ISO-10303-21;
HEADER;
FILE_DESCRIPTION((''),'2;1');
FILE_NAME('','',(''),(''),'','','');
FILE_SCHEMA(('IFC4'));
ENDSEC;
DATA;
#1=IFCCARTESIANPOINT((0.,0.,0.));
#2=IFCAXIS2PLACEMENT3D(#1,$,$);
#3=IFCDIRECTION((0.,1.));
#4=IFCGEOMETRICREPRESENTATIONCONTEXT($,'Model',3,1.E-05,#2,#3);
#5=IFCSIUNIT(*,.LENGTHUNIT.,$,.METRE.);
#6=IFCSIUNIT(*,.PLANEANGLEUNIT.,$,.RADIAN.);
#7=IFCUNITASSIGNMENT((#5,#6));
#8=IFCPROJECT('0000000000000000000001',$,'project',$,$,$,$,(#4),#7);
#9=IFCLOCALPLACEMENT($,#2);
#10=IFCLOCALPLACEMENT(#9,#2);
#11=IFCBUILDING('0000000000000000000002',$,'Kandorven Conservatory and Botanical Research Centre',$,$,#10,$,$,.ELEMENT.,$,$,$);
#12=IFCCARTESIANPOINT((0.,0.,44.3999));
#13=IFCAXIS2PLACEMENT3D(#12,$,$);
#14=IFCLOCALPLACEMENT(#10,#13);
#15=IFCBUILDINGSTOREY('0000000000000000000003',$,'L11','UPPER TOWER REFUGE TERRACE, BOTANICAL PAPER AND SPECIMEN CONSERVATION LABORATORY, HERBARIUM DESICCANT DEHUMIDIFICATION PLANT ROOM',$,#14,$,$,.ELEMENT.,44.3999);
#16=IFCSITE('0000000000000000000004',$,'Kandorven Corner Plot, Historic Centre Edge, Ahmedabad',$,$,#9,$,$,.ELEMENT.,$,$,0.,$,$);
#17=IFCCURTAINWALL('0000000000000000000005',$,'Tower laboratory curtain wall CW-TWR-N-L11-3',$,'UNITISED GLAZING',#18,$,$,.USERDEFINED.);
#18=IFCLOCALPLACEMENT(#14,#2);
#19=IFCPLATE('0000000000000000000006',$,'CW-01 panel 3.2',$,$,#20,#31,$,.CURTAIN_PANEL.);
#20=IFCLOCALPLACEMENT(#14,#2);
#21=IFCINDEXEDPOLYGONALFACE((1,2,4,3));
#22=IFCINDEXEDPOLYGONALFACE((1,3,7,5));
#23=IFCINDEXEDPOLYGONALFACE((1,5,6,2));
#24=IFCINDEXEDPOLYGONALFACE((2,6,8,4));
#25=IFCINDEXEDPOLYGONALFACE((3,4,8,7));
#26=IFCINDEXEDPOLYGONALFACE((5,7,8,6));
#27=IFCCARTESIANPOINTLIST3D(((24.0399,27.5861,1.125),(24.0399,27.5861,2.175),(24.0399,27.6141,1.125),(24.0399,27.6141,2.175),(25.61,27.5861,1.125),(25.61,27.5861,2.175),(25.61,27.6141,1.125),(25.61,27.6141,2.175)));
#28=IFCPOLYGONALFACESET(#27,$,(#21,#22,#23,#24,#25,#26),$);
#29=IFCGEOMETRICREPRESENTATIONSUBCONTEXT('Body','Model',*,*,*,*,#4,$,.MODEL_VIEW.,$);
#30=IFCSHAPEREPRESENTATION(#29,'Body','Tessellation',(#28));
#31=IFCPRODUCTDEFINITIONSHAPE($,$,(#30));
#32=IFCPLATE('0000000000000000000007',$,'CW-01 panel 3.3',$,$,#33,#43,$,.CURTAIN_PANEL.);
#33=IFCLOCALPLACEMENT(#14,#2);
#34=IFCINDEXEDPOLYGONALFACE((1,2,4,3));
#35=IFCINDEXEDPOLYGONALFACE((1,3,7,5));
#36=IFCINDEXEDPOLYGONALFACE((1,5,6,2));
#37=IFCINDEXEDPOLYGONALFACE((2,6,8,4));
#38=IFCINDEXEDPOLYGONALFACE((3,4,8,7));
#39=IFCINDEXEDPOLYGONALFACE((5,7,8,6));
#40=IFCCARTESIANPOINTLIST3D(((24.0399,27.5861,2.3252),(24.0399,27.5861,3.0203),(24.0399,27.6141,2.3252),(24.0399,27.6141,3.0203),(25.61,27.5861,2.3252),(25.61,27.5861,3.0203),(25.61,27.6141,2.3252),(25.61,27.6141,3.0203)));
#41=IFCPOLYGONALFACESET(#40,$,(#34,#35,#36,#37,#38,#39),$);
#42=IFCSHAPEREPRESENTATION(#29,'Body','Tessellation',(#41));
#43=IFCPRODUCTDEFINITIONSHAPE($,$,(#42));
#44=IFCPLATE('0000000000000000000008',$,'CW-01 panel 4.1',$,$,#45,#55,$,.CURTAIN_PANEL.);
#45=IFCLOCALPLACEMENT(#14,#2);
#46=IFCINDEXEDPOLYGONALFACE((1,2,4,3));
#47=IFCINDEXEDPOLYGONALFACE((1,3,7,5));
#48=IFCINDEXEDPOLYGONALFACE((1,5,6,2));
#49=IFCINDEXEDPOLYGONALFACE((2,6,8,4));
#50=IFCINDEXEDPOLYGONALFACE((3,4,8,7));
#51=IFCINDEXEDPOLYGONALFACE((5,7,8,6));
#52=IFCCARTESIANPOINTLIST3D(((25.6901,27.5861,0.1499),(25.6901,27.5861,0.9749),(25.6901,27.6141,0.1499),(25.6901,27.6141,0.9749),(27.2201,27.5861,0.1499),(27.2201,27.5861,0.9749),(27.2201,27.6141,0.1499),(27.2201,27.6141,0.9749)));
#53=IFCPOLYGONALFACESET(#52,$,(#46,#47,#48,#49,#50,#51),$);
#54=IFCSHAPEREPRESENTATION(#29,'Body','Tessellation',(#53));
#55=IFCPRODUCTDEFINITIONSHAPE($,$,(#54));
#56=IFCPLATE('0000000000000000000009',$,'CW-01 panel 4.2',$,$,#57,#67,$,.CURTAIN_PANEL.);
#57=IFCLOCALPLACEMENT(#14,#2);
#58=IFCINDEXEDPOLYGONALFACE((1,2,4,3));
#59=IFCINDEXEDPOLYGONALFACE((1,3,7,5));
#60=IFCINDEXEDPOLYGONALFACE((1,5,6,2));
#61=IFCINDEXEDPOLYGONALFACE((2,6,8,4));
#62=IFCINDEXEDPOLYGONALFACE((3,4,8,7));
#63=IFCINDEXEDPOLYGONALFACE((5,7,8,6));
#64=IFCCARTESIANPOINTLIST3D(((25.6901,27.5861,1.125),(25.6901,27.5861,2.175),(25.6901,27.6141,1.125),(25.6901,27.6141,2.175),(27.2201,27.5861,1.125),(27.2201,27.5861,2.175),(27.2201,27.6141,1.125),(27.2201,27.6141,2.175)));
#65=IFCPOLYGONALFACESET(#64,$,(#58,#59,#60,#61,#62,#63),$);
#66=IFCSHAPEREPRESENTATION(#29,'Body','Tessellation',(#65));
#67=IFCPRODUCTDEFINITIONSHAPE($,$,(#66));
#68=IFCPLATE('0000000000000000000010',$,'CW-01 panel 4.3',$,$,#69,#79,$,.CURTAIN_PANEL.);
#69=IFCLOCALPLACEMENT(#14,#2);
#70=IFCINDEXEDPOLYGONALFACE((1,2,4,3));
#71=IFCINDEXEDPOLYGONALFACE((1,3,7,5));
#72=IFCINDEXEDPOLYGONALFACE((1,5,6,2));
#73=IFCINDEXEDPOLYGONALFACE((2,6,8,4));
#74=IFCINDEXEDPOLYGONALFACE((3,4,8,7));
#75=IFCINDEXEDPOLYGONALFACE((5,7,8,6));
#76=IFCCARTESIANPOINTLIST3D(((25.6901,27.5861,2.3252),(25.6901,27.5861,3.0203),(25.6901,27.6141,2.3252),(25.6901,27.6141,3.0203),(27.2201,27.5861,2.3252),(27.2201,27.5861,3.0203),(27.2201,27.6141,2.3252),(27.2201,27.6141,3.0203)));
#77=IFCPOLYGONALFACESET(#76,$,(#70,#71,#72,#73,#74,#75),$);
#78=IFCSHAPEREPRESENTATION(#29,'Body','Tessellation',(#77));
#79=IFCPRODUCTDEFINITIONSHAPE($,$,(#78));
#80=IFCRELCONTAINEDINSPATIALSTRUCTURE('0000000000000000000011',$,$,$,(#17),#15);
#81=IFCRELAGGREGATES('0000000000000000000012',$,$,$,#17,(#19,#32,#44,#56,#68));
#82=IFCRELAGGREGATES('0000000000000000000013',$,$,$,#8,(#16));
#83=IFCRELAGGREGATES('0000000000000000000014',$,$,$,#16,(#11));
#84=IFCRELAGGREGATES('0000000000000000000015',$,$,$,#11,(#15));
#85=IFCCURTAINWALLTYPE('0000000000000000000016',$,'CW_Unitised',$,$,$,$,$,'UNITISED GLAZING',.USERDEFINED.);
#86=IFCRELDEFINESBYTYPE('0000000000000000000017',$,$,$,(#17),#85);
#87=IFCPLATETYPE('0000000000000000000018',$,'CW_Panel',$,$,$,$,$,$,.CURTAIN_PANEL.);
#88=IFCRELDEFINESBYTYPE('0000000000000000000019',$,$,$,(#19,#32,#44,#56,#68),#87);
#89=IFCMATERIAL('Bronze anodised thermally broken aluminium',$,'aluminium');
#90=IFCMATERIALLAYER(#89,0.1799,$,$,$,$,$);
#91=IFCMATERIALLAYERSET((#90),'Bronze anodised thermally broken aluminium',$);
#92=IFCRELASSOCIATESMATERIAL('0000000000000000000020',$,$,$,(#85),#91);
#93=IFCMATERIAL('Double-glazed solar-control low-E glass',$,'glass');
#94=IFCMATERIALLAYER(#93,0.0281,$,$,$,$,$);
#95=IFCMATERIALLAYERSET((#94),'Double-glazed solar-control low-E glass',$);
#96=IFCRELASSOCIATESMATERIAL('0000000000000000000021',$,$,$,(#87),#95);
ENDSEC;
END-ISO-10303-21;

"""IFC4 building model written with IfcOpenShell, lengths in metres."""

from ifc_helpers import new_model, si_unit, direction, frame, origin, origin_2d, place, context, subcontext, project, spatial, rectangle, extrude, material, layer, layer_set, type_object, element, aggregate, save


model = new_model("IFC4")

# Units and contexts
model_context = context("Model", 3, precision=1e-05, world=origin(), true_north=direction((0.0, 1.0)))
body_context = subcontext(model_context, "Body", "Model", "MODEL_VIEW")
ifc_project = project(units=[si_unit("LENGTHUNIT", "METRE"), si_unit("PLANEANGLEUNIT", "RADIAN")], contexts=[model_context])

# Site, building, storey
site_placement = place(None, origin())
site = spatial("IfcSite", under=ifc_project, at=site_placement, Name="Kandorven Corner Plot, Historic Centre Edge, Ahmedabad", CompositionType="ELEMENT", RefElevation=0.0)
building_placement = place(site_placement, origin())
building = spatial("IfcBuilding", under=site, at=building_placement, Name="Kandorven Conservatory and Botanical Research Centre", CompositionType="ELEMENT")
storey_placement = place(building_placement, frame((0.0, 0.0, 44.3999)))
storey = spatial("IfcBuildingStorey", under=building, at=storey_placement, Name="L11", Description="UPPER TOWER REFUGE TERRACE, BOTANICAL PAPER AND SPECIMEN CONSERVATION LABORATORY, HERBARIUM DESICCANT DEHUMIDIFICATION PLANT ROOM", CompositionType="ELEMENT", Elevation=44.3999)

# Curtain wall, plates
ifc_material_1 = material(Name="Bronze anodised thermally broken aluminium", Category="aluminium")
ifc_layer_1 = layer(ifc_material_1, 0.1799)
ifc_layer_set_1 = layer_set([ifc_layer_1], Name="Bronze anodised thermally broken aluminium")
curtain_wall_type = type_object("IfcCurtainWallType", Name="CW_Unitised", ElementType="UNITISED GLAZING", PredefinedType="USERDEFINED", material=ifc_layer_set_1)
curtain_wall_placement = place(storey_placement, origin())
curtain_wall = element("IfcCurtainWall", 1, at=curtain_wall_placement, inside=storey, type_object=curtain_wall_type, Name="Tower laboratory curtain wall CW-TWR-N-L11-3", ObjectType="UNITISED GLAZING", PredefinedType="USERDEFINED")
ifc_material_2 = material(Name="Double-glazed solar-control low-E glass", Category="glass")
ifc_layer_2 = layer(ifc_material_2, 0.0281)
ifc_layer_set_2 = layer_set([ifc_layer_2], Name="Double-glazed solar-control low-E glass")
plate_type = type_object("IfcPlateType", Name="CW_Panel", PredefinedType="CURTAIN_PANEL", material=ifc_layer_set_2)
plate_1_placement = place(storey_placement, frame((24.825, 27.6001, 1.125), z_axis=(0.0, 0.0, 1.0), x_axis=(1.0, 0.0, 0.0)))
plate_1 = element("IfcPlate", 2, at=plate_1_placement, type_object=plate_type, Name="CW-01 panel 3.2", PredefinedType="CURTAIN_PANEL", context=body_context, shape_type="SweptSolid", body=[
    extrude(rectangle(XDim=1.5701, YDim=0.0281, at=origin_2d()), origin(), (0.0, 0.0, 1.0), 1.05),
])
plate_2_placement = place(storey_placement, frame((24.825, 27.6001, 2.3252), z_axis=(0.0, 0.0, 1.0), x_axis=(1.0, 0.0, 0.0)))
plate_2 = element("IfcPlate", 3, at=plate_2_placement, type_object=plate_type, Name="CW-01 panel 3.3", PredefinedType="CURTAIN_PANEL", context=body_context, shape_type="SweptSolid", body=[
    extrude(rectangle(XDim=1.5701, YDim=0.0281, at=origin_2d()), origin(), (0.0, 0.0, 1.0), 0.6951),
])
plate_3_placement = place(storey_placement, frame((26.4551, 27.6001, 0.1499), z_axis=(0.0, 0.0, 1.0), x_axis=(1.0, 0.0, 0.0)))
plate_3 = element("IfcPlate", 4, at=plate_3_placement, type_object=plate_type, Name="CW-01 panel 4.1", PredefinedType="CURTAIN_PANEL", context=body_context, shape_type="SweptSolid", body=[
    extrude(rectangle(XDim=1.53, YDim=0.0281, at=origin_2d()), origin(), (0.0, 0.0, 1.0), 0.825),
])
plate_4_placement = place(storey_placement, frame((26.4551, 27.6001, 1.125), z_axis=(0.0, 0.0, 1.0), x_axis=(1.0, 0.0, 0.0)))
plate_4 = element("IfcPlate", 5, at=plate_4_placement, type_object=plate_type, Name="CW-01 panel 4.2", PredefinedType="CURTAIN_PANEL", context=body_context, shape_type="SweptSolid", body=[
    extrude(rectangle(XDim=1.53, YDim=0.0281, at=origin_2d()), origin(), (0.0, 0.0, 1.0), 1.05),
])
plate_5_placement = place(storey_placement, frame((26.4551, 27.6001, 2.3252), z_axis=(0.0, 0.0, 1.0), x_axis=(1.0, 0.0, 0.0)))
plate_5 = element("IfcPlate", 6, at=plate_5_placement, type_object=plate_type, Name="CW-01 panel 4.3", PredefinedType="CURTAIN_PANEL", context=body_context, shape_type="SweptSolid", body=[
    extrude(rectangle(XDim=1.53, YDim=0.0281, at=origin_2d()), origin(), (0.0, 0.0, 1.0), 0.6951),
])
aggregate(curtain_wall, [plate_1, plate_2, plate_3, plate_4, plate_5])

save(model, "model.ifc")
